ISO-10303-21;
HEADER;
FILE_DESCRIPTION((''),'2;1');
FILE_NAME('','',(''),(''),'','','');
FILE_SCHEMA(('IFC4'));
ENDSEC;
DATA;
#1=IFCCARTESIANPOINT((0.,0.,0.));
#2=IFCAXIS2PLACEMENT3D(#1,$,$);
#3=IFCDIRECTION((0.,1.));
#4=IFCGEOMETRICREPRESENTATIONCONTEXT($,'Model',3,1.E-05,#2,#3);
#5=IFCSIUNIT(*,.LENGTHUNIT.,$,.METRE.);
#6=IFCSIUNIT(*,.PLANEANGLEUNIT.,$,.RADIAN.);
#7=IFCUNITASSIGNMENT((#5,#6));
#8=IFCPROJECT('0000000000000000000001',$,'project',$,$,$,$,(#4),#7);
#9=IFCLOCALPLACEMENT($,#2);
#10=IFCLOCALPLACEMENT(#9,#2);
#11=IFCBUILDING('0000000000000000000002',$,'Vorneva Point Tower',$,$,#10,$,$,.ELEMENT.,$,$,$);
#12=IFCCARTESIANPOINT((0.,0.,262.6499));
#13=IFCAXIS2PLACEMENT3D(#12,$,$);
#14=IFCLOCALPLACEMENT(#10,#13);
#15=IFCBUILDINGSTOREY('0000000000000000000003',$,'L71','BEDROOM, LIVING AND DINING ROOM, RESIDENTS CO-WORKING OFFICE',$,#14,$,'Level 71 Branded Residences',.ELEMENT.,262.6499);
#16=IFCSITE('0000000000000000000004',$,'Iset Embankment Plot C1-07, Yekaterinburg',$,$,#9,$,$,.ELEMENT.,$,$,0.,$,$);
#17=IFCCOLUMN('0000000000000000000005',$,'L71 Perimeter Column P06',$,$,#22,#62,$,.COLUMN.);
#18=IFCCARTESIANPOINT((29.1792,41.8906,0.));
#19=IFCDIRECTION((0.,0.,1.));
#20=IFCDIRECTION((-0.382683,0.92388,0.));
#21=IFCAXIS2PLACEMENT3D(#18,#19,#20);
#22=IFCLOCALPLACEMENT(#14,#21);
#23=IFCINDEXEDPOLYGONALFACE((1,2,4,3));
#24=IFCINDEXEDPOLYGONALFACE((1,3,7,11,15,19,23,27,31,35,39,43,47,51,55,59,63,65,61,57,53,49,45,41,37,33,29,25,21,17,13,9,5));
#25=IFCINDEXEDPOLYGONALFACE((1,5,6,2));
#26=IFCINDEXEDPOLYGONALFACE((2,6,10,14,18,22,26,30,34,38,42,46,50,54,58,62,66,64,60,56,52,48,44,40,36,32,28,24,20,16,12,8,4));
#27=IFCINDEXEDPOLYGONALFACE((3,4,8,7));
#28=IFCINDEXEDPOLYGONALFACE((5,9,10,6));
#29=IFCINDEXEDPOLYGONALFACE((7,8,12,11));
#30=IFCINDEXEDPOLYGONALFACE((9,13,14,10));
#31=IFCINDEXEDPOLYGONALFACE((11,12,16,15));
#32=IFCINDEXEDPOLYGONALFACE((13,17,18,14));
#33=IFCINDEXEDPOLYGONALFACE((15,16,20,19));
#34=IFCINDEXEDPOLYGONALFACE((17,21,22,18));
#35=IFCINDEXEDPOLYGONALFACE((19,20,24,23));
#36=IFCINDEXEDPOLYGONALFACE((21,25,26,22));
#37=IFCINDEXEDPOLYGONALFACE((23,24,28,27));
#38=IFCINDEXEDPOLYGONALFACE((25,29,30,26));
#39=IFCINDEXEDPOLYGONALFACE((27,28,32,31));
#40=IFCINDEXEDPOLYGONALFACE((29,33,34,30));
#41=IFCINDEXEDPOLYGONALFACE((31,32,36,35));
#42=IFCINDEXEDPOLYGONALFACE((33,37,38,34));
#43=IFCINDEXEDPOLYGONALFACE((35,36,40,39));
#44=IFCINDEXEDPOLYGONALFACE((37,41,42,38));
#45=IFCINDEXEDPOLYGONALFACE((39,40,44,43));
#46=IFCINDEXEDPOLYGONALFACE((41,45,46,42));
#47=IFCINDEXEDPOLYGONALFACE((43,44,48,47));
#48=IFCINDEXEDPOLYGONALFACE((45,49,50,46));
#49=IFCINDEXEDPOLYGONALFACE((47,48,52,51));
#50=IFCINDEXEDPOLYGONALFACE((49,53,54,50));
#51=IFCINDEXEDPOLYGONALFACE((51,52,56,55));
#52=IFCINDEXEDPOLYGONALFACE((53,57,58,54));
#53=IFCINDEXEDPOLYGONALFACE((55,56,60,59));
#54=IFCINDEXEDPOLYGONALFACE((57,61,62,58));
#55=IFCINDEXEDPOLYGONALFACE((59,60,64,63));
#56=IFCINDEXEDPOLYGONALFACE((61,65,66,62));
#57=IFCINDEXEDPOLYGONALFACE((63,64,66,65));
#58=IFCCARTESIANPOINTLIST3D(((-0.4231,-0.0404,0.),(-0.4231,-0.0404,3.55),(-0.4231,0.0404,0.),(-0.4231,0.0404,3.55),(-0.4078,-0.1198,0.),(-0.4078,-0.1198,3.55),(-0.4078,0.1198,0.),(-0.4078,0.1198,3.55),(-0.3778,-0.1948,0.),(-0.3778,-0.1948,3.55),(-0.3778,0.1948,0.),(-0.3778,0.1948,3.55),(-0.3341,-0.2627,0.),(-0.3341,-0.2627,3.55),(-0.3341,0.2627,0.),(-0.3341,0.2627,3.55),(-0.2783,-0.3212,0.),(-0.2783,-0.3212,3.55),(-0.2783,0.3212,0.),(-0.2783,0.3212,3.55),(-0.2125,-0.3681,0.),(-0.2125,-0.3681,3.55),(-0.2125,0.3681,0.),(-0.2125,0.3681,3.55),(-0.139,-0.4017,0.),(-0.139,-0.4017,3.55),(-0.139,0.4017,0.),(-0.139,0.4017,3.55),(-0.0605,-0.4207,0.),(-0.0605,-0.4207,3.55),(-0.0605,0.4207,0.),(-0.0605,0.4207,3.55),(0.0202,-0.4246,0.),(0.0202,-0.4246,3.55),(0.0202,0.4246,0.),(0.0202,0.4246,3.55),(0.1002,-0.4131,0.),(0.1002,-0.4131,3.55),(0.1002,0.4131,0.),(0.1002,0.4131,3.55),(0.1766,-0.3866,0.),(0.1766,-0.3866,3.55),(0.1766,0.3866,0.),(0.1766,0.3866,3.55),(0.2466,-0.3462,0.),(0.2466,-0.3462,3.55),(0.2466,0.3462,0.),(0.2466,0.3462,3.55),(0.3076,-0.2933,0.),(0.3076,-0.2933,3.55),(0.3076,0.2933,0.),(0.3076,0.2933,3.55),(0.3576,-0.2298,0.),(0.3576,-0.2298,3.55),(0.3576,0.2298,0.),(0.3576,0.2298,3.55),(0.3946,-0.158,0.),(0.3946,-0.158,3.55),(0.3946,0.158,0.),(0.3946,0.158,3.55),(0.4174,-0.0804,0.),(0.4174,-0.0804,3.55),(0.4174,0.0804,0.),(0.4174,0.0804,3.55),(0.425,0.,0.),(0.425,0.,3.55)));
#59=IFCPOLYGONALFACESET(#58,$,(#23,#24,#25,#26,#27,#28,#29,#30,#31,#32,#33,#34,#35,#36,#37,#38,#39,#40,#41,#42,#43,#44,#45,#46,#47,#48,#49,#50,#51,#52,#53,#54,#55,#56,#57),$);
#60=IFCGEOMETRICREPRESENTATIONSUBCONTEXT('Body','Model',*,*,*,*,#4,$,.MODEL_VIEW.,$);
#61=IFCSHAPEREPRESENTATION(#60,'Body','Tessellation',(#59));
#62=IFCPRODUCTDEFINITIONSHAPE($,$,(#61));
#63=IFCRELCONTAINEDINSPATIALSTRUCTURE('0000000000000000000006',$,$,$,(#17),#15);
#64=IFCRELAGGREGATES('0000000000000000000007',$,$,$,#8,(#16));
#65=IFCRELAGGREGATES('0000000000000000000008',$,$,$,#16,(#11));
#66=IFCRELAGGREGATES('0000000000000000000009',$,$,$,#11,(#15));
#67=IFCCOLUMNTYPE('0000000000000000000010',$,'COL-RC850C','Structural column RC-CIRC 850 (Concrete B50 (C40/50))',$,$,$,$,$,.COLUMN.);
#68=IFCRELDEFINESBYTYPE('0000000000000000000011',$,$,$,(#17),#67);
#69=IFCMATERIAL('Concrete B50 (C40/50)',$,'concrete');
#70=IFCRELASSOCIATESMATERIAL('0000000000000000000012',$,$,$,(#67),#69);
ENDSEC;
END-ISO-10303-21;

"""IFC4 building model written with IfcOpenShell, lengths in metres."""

from ifc_helpers import new_model, si_unit, direction, frame, origin, origin_2d, place, context, subcontext, project, spatial, circle, extrude, material, material_profile, profile_set, type_object, element, save


model = new_model("IFC4")

# Units and contexts
model_context = context("Model", 3, precision=1e-05, world=origin(), true_north=direction((0.0, 1.0)))
body_context = subcontext(model_context, "Body", "Model", "MODEL_VIEW")
ifc_project = project(units=[si_unit("LENGTHUNIT", "METRE"), si_unit("PLANEANGLEUNIT", "RADIAN")], contexts=[model_context])

# Site, building, storey
site_placement = place(None, origin())
site = spatial("IfcSite", under=ifc_project, at=site_placement, Name="Iset Embankment Plot C1-07, Yekaterinburg", CompositionType="ELEMENT", RefElevation=0.0)
building_placement = place(site_placement, origin())
building = spatial("IfcBuilding", under=site, at=building_placement, Name="Vorneva Point Tower", CompositionType="ELEMENT")
storey_placement = place(building_placement, frame((0.0, 0.0, 262.6499)))
storey = spatial("IfcBuildingStorey", under=building, at=storey_placement, Name="L71", Description="BEDROOM, LIVING AND DINING ROOM, RESIDENTS CO-WORKING OFFICE", LongName="Level 71 Branded Residences", CompositionType="ELEMENT", Elevation=262.6499)

# Column
ifc_material_1 = material(Name="Concrete B50 (C40/50)", Category="concrete")
ifc_material_profile_1 = material_profile(ifc_material_1, circle(Radius=0.425, at=origin_2d()), Name="RC-CIRC 850")
ifc_profile_set_1 = profile_set([ifc_material_profile_1], Name="Concrete B50 (C40/50)")
column_type = type_object("IfcColumnType", Name="COL-RC850C", Description="Structural column RC-CIRC 850 (Concrete B50 (C40/50))", PredefinedType="COLUMN", material=ifc_profile_set_1)
for number, where, z_axis, x_axis, name in (
    (1, (29.1792, 41.8906, 0.0), (0.0, 0.0, 1.0), (-0.382683, 0.92388, 0.0), "L71 Perimeter Column P06"),
):
    element("IfcColumn", number, at=place(storey_placement, frame(where, z_axis=z_axis, x_axis=x_axis)), inside=storey, type_object=column_type, Name=name, PredefinedType="COLUMN", context=body_context, shape_type="SweptSolid", body=[
        extrude(circle(Radius=0.425, at=origin_2d()), origin(), (0.0, 0.0, 1.0), 3.55),
    ])

save(model, "model.ifc")
